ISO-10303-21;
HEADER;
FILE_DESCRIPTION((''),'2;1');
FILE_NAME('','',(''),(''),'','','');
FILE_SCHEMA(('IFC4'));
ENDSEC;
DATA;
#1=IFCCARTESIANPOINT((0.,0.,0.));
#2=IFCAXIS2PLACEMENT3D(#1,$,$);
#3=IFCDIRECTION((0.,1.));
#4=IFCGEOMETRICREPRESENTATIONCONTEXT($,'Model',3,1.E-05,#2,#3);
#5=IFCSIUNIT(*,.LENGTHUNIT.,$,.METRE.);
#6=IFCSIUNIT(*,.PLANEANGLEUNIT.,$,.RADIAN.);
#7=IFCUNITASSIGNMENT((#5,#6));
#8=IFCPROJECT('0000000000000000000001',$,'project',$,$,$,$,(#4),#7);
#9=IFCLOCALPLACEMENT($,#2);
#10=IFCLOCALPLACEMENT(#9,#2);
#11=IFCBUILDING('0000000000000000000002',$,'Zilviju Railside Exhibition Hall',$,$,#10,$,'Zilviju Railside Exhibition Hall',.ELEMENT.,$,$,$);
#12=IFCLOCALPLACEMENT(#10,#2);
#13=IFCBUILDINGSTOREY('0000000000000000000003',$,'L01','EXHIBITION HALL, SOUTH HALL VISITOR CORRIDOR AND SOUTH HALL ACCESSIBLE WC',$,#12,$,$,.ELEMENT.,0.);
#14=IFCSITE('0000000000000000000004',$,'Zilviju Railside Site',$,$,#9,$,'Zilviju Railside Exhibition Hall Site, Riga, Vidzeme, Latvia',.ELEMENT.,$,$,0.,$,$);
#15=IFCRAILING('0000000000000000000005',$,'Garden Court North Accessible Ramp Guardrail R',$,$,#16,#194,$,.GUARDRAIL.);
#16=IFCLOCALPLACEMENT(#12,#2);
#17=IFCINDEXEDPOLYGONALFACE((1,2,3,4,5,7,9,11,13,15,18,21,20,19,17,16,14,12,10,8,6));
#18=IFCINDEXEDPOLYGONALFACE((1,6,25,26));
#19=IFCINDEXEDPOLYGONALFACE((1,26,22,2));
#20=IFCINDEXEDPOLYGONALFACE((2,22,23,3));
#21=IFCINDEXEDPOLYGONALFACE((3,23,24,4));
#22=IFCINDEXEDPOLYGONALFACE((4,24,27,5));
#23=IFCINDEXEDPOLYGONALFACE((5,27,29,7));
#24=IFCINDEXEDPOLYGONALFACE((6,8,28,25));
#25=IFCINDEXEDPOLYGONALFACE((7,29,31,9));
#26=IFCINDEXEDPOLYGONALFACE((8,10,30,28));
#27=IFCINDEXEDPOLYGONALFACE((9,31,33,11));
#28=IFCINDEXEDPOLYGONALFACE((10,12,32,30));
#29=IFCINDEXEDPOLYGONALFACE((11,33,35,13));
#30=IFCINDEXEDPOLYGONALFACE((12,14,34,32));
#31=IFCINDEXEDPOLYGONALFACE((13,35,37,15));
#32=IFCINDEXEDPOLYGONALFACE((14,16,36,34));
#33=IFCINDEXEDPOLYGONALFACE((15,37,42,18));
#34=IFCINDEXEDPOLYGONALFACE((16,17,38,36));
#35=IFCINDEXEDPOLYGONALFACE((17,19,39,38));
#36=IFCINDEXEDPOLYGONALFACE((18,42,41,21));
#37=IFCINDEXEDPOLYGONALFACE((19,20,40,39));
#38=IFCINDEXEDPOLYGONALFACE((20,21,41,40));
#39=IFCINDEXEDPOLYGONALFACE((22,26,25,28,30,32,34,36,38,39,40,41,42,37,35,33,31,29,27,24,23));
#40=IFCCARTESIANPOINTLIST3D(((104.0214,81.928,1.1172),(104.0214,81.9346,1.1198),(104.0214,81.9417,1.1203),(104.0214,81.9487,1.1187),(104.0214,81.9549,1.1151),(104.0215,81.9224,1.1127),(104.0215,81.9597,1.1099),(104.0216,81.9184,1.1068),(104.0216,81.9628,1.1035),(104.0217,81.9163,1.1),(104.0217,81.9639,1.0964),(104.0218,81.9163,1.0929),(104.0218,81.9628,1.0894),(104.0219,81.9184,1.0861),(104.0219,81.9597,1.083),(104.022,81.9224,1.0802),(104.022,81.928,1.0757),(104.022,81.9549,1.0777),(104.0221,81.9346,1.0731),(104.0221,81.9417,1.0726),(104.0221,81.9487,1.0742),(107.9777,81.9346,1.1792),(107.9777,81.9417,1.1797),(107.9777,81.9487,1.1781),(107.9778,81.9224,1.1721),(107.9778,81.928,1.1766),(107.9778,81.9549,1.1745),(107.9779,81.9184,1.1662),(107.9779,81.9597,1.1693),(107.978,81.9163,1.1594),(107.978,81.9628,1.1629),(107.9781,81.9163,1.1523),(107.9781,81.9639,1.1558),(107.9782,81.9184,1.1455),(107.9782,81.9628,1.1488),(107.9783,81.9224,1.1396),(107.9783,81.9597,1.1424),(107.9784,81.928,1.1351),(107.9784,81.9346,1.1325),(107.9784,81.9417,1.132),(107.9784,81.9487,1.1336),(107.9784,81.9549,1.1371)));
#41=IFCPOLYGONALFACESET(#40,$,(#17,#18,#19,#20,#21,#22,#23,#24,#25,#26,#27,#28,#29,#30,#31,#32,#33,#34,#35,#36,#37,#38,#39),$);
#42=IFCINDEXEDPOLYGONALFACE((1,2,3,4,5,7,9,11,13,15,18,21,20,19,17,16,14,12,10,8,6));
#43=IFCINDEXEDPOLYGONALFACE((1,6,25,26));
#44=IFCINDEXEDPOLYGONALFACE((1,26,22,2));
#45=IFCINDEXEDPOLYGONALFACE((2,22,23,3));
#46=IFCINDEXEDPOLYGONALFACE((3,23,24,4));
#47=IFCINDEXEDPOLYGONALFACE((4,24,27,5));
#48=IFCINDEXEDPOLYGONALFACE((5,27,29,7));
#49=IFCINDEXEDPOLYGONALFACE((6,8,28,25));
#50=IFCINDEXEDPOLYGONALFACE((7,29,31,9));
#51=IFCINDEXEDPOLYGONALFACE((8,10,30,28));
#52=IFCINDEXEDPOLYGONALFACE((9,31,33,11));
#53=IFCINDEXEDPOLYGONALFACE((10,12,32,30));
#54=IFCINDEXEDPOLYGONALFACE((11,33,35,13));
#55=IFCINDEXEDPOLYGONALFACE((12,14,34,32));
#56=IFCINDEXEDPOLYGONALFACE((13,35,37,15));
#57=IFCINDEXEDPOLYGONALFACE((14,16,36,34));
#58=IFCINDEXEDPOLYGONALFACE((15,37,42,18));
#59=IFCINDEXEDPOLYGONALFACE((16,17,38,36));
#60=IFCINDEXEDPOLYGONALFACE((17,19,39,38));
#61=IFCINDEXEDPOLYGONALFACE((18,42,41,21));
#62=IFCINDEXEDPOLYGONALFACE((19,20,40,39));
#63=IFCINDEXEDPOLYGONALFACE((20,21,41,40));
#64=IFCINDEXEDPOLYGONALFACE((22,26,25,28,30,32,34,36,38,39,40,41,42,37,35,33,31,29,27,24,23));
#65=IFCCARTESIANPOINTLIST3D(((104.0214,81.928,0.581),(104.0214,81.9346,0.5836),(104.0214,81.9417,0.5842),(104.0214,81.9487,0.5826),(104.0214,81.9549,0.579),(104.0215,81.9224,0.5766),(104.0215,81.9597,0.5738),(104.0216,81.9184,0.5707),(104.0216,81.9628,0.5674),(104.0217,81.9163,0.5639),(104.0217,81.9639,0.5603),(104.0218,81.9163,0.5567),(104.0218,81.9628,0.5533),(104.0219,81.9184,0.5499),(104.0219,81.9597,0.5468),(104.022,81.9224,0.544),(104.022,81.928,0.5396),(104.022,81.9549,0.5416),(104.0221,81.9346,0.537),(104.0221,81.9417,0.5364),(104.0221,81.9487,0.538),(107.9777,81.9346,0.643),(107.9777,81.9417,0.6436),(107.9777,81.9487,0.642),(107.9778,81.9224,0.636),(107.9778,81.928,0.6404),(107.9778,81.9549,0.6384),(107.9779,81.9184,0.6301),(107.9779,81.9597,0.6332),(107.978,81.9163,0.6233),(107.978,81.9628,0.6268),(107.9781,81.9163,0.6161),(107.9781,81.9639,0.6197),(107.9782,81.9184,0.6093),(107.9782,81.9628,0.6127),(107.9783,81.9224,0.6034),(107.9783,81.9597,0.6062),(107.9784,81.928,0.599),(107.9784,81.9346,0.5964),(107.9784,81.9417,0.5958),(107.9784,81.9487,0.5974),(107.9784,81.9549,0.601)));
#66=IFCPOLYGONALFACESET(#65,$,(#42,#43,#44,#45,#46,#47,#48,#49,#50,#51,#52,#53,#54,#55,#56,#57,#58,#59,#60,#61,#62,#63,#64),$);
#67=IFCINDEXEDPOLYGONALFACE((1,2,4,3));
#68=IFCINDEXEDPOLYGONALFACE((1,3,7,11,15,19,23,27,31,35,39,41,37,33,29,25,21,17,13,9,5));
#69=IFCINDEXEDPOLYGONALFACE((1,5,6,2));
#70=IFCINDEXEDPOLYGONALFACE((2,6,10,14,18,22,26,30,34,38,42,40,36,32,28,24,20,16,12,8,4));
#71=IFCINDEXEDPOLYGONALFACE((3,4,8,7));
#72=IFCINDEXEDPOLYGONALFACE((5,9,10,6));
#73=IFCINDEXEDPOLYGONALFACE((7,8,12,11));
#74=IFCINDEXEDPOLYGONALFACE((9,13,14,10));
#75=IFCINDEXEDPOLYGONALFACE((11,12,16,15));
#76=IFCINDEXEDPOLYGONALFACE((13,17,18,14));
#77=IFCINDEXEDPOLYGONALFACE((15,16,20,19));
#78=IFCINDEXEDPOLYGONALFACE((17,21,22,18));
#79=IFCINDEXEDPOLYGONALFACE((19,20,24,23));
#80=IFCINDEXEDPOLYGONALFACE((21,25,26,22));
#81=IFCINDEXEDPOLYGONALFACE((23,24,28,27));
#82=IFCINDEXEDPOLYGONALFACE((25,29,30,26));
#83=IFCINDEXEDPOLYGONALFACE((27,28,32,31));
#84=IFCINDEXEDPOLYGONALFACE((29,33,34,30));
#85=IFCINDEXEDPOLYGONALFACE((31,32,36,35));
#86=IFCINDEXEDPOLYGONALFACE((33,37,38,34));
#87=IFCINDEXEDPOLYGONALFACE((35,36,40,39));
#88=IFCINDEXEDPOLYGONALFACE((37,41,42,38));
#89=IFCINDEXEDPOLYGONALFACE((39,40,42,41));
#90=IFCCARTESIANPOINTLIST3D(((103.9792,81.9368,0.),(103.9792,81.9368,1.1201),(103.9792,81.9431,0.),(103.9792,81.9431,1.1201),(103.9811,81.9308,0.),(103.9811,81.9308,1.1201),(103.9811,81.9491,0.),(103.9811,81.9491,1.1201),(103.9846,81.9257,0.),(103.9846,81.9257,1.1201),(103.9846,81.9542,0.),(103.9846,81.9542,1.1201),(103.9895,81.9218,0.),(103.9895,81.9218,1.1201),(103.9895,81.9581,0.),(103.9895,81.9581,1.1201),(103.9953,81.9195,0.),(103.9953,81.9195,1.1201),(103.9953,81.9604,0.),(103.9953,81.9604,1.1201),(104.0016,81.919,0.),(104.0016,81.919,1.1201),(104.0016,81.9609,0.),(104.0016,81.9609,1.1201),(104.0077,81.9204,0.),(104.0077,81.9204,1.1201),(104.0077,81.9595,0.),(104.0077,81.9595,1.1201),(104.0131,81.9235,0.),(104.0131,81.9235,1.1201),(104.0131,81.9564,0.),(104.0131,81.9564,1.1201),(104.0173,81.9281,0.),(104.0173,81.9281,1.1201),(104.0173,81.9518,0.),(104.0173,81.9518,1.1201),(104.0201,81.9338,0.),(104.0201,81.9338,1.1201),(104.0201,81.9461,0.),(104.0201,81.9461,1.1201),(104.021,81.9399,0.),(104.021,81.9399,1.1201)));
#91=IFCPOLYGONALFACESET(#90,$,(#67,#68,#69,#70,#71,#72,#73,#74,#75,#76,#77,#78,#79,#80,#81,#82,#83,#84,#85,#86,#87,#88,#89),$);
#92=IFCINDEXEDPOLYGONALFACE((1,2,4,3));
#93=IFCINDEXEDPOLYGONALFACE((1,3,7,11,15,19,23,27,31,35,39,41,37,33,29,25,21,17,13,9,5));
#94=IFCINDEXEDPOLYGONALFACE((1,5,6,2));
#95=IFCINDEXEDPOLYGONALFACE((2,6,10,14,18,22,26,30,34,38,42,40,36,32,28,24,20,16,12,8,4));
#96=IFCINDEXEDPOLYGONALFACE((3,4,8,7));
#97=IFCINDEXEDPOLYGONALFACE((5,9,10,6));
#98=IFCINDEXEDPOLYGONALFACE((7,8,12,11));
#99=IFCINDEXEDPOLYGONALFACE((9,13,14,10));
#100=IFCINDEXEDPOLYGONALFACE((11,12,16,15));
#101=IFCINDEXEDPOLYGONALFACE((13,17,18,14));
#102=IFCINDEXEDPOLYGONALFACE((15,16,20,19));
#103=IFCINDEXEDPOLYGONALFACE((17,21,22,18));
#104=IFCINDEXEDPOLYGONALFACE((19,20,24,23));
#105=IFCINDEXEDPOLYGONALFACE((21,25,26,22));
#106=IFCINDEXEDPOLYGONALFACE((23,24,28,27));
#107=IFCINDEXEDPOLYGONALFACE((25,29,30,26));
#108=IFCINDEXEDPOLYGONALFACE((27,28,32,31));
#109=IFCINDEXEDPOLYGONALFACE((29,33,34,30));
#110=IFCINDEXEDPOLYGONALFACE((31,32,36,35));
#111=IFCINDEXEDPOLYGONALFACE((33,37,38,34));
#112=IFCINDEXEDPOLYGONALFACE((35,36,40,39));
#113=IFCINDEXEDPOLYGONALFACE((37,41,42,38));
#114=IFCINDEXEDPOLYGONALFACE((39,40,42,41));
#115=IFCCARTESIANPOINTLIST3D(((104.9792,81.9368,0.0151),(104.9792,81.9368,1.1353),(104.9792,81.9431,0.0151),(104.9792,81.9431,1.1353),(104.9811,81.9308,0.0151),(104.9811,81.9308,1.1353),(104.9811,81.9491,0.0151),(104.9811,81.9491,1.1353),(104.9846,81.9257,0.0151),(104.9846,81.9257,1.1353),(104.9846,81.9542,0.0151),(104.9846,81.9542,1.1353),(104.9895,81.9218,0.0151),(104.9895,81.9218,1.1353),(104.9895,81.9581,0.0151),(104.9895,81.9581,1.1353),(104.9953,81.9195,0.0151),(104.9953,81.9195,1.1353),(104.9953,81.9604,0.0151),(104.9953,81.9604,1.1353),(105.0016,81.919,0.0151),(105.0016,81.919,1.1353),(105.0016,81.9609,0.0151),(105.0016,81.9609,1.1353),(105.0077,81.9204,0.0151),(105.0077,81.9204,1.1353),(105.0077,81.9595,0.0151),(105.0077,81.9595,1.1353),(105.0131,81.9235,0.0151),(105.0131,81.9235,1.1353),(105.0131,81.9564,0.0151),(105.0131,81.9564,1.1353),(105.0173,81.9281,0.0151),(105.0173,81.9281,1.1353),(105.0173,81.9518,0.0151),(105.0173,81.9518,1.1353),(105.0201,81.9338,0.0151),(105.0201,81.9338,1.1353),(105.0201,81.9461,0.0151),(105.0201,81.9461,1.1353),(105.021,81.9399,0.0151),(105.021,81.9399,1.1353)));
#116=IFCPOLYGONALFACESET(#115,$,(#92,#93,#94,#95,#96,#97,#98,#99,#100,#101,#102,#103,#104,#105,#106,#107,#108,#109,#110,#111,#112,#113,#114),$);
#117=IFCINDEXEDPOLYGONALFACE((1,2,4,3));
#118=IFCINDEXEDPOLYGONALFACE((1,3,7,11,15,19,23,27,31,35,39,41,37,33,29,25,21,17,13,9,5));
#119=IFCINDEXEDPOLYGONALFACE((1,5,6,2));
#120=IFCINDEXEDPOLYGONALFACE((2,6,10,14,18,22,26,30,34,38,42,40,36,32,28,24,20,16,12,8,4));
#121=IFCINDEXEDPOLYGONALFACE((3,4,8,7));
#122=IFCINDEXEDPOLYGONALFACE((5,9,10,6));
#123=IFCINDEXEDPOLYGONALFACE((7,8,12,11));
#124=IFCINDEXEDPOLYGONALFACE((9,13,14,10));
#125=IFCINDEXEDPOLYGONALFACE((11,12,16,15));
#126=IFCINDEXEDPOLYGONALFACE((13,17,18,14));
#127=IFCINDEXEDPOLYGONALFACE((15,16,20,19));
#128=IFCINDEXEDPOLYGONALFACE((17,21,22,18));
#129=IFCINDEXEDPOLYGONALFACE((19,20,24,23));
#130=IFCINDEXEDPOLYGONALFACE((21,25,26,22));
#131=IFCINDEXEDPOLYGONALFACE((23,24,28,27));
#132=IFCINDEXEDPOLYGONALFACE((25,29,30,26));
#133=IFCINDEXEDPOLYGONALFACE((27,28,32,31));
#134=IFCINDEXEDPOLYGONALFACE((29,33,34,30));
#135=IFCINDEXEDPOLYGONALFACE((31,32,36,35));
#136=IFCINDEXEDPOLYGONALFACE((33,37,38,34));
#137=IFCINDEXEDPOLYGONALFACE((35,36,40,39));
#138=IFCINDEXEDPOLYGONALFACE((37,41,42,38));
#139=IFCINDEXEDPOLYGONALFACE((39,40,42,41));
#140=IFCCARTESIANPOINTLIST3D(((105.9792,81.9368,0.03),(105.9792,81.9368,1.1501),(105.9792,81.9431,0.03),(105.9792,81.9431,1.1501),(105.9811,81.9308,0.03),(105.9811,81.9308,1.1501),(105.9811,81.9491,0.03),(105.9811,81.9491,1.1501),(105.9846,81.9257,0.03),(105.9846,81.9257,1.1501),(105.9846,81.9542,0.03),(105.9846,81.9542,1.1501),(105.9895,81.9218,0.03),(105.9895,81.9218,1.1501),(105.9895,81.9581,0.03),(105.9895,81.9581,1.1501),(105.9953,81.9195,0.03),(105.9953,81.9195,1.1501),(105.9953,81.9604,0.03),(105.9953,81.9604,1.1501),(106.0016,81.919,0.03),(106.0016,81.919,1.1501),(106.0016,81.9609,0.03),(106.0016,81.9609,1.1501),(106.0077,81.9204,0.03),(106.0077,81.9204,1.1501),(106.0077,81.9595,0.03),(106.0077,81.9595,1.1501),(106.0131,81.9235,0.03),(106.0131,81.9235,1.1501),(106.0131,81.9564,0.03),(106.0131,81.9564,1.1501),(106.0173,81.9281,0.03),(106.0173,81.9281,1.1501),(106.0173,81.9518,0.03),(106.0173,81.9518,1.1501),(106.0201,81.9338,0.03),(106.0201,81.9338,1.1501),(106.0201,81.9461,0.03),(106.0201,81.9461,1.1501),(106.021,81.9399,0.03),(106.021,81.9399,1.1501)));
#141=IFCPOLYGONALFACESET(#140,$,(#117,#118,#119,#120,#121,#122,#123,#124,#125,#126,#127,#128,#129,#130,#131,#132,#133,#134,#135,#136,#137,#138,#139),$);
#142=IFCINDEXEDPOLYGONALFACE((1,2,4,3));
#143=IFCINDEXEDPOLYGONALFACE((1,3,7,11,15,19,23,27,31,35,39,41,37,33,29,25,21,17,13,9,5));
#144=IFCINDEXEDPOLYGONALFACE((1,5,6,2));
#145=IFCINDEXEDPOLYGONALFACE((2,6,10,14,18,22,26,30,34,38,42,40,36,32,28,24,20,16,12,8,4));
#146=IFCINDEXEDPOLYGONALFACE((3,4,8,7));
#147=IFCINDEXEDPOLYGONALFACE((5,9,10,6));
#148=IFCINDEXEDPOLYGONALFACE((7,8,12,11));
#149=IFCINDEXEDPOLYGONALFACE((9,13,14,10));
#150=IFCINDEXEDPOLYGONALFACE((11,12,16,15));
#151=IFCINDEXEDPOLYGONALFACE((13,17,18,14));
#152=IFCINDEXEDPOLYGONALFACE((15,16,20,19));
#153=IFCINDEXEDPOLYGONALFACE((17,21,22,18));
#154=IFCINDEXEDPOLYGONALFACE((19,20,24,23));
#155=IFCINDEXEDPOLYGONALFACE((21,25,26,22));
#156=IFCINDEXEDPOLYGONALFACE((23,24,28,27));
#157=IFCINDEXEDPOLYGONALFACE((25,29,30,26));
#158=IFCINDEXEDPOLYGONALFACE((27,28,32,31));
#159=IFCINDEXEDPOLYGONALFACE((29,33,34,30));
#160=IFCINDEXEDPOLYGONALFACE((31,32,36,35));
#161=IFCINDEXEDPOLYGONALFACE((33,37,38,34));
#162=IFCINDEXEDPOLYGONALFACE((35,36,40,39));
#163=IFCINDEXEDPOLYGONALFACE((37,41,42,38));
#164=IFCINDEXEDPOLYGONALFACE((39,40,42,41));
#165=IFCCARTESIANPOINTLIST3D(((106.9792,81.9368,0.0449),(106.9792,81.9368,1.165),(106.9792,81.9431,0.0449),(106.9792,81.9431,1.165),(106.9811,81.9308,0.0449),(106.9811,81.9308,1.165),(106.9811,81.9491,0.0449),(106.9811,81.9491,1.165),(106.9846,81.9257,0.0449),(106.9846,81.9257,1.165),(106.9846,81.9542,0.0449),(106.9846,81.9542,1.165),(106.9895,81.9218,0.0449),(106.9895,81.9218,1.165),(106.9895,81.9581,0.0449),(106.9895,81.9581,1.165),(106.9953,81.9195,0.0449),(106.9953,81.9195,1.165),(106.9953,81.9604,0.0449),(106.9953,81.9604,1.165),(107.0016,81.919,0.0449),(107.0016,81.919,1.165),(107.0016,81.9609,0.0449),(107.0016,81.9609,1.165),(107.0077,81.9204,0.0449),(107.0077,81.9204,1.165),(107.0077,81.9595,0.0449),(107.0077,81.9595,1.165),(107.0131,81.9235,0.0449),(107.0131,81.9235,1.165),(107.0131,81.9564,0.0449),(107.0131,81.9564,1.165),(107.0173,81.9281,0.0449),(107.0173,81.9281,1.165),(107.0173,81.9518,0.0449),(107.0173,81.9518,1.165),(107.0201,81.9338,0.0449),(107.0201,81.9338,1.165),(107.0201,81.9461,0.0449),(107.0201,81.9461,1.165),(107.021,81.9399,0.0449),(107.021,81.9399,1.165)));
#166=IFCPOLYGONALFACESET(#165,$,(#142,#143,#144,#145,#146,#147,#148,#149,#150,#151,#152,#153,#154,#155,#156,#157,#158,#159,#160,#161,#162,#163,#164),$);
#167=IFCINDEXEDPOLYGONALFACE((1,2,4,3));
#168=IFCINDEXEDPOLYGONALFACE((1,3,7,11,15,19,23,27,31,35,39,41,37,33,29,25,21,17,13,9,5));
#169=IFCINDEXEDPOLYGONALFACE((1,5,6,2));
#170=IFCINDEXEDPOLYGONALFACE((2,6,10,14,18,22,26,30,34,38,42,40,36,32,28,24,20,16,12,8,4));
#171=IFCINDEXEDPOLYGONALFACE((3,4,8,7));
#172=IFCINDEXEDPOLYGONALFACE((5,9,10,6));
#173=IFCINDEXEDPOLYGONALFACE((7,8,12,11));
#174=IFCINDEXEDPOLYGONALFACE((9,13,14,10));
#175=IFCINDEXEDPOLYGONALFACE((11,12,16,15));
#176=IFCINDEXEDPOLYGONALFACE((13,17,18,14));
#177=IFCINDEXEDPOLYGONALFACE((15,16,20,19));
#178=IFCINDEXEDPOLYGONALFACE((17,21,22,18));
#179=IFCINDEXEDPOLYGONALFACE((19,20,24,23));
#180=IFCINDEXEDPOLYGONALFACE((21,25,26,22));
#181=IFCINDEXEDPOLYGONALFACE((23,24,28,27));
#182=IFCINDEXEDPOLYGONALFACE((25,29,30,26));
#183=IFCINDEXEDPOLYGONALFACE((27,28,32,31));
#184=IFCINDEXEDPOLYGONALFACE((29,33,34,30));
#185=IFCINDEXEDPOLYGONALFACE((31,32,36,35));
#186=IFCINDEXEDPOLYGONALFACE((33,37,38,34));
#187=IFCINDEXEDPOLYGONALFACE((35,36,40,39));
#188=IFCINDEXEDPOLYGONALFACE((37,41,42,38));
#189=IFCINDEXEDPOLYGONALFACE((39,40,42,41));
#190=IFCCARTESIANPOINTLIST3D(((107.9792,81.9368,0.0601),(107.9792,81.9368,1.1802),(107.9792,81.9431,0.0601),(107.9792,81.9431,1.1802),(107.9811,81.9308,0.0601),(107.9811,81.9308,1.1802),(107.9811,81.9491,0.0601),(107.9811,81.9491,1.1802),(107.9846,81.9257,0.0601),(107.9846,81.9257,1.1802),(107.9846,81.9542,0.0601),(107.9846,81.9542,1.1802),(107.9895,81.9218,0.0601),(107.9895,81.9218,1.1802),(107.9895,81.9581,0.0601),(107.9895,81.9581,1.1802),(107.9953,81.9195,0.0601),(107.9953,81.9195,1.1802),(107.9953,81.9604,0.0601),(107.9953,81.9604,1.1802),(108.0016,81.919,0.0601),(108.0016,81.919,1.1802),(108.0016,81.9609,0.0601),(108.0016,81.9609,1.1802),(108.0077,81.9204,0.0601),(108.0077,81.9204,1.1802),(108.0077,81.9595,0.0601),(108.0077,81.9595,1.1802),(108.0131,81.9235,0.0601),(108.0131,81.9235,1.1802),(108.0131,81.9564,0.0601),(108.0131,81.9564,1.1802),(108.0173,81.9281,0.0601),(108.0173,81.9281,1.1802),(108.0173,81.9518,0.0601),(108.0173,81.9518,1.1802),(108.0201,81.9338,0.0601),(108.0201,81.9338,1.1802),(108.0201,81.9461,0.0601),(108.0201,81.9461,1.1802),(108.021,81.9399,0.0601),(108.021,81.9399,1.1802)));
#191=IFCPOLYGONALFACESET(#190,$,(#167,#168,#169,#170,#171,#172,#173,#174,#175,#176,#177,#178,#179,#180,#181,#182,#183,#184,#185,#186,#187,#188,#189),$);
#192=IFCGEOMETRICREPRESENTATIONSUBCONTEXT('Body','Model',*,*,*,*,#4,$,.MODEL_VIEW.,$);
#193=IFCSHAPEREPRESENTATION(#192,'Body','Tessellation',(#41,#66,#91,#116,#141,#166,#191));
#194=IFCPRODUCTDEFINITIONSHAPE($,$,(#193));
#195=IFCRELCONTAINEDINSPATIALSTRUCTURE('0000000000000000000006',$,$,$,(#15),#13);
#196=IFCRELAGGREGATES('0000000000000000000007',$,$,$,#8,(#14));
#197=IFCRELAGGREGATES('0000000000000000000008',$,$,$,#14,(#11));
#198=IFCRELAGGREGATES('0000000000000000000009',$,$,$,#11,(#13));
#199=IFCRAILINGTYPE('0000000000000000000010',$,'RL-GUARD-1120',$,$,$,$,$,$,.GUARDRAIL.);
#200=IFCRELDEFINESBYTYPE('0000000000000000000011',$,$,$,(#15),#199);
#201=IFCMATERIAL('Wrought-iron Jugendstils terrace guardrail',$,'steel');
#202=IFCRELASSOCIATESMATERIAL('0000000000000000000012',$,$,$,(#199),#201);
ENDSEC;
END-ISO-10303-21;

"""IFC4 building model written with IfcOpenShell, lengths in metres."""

from ifc_helpers import new_model, si_unit, direction, frame, origin, origin_2d, place, context, subcontext, project, spatial, circle, extrude, material, type_object, element, save


model = new_model("IFC4")

# Units and contexts
model_context = context("Model", 3, precision=1e-05, world=origin(), true_north=direction((0.0, 1.0)))
body_context = subcontext(model_context, "Body", "Model", "MODEL_VIEW")
ifc_project = project(units=[si_unit("LENGTHUNIT", "METRE"), si_unit("PLANEANGLEUNIT", "RADIAN")], contexts=[model_context])

# Site, building, storey
site_placement = place(None, origin())
site = spatial("IfcSite", under=ifc_project, at=site_placement, Name="Zilviju Railside Site", LongName="Zilviju Railside Exhibition Hall Site, Riga, Vidzeme, Latvia", CompositionType="ELEMENT", RefElevation=0.0)
building_placement = place(site_placement, origin())
building = spatial("IfcBuilding", under=site, at=building_placement, Name="Zilviju Railside Exhibition Hall", LongName="Zilviju Railside Exhibition Hall", CompositionType="ELEMENT")
storey_placement = place(building_placement, origin())
storey = spatial("IfcBuildingStorey", under=building, at=storey_placement, Name="L01", Description="EXHIBITION HALL, SOUTH HALL VISITOR CORRIDOR AND SOUTH HALL ACCESSIBLE WC", CompositionType="ELEMENT", Elevation=0.0)

# Railing
ifc_material_1 = material(Name="Wrought-iron Jugendstils terrace guardrail", Category="steel")
railing_type_1 = type_object("IfcRailingType", Name="RL-GUARD-1120", PredefinedType="GUARDRAIL", material=ifc_material_1)
for number, where, name in (
    (1, (104.0, 81.9399, 0.0), "Garden Court North Accessible Ramp Guardrail R"),
):
    element("IfcRailing", number, at=place(storey_placement, frame(where)), inside=storey, type_object=railing_type_1, Name=name, PredefinedType="GUARDRAIL", context=body_context, shape_type="SweptSolid", body=[
        extrude(circle(Radius=0.0239, at=origin_2d()), frame((0.0217, 0.0, 1.0964), z_axis=(0.999887, 0.0, 0.015013), x_axis=(0.0, 1.0, 0.0)), (0.0, 0.0, 1.0), 3.9568),
        extrude(circle(Radius=0.0239, at=origin_2d()), frame((0.0217, 0.0, 0.5603), z_axis=(0.999887, 0.0, 0.015013), x_axis=(0.0, 1.0, 0.0)), (0.0, 0.0, 1.0), 3.9568),
        extrude(circle(Radius=0.021, at=origin_2d()), origin(), (0.0, 0.0, 1.0), 1.1201),
        extrude(circle(Radius=0.021, at=origin_2d()), frame((1.0, 0.0, 0.0151)), (0.0, 0.0, 1.0), 1.1201),
        extrude(circle(Radius=0.021, at=origin_2d()), frame((2.0, 0.0, 0.03)), (0.0, 0.0, 1.0), 1.1201),
        extrude(circle(Radius=0.021, at=origin_2d()), frame((3.0, 0.0, 0.0449)), (0.0, 0.0, 1.0), 1.1201),
        extrude(circle(Radius=0.021, at=origin_2d()), frame((4.0, 0.0, 0.0601)), (0.0, 0.0, 1.0), 1.1201),
    ])

save(model, "model.ifc")
